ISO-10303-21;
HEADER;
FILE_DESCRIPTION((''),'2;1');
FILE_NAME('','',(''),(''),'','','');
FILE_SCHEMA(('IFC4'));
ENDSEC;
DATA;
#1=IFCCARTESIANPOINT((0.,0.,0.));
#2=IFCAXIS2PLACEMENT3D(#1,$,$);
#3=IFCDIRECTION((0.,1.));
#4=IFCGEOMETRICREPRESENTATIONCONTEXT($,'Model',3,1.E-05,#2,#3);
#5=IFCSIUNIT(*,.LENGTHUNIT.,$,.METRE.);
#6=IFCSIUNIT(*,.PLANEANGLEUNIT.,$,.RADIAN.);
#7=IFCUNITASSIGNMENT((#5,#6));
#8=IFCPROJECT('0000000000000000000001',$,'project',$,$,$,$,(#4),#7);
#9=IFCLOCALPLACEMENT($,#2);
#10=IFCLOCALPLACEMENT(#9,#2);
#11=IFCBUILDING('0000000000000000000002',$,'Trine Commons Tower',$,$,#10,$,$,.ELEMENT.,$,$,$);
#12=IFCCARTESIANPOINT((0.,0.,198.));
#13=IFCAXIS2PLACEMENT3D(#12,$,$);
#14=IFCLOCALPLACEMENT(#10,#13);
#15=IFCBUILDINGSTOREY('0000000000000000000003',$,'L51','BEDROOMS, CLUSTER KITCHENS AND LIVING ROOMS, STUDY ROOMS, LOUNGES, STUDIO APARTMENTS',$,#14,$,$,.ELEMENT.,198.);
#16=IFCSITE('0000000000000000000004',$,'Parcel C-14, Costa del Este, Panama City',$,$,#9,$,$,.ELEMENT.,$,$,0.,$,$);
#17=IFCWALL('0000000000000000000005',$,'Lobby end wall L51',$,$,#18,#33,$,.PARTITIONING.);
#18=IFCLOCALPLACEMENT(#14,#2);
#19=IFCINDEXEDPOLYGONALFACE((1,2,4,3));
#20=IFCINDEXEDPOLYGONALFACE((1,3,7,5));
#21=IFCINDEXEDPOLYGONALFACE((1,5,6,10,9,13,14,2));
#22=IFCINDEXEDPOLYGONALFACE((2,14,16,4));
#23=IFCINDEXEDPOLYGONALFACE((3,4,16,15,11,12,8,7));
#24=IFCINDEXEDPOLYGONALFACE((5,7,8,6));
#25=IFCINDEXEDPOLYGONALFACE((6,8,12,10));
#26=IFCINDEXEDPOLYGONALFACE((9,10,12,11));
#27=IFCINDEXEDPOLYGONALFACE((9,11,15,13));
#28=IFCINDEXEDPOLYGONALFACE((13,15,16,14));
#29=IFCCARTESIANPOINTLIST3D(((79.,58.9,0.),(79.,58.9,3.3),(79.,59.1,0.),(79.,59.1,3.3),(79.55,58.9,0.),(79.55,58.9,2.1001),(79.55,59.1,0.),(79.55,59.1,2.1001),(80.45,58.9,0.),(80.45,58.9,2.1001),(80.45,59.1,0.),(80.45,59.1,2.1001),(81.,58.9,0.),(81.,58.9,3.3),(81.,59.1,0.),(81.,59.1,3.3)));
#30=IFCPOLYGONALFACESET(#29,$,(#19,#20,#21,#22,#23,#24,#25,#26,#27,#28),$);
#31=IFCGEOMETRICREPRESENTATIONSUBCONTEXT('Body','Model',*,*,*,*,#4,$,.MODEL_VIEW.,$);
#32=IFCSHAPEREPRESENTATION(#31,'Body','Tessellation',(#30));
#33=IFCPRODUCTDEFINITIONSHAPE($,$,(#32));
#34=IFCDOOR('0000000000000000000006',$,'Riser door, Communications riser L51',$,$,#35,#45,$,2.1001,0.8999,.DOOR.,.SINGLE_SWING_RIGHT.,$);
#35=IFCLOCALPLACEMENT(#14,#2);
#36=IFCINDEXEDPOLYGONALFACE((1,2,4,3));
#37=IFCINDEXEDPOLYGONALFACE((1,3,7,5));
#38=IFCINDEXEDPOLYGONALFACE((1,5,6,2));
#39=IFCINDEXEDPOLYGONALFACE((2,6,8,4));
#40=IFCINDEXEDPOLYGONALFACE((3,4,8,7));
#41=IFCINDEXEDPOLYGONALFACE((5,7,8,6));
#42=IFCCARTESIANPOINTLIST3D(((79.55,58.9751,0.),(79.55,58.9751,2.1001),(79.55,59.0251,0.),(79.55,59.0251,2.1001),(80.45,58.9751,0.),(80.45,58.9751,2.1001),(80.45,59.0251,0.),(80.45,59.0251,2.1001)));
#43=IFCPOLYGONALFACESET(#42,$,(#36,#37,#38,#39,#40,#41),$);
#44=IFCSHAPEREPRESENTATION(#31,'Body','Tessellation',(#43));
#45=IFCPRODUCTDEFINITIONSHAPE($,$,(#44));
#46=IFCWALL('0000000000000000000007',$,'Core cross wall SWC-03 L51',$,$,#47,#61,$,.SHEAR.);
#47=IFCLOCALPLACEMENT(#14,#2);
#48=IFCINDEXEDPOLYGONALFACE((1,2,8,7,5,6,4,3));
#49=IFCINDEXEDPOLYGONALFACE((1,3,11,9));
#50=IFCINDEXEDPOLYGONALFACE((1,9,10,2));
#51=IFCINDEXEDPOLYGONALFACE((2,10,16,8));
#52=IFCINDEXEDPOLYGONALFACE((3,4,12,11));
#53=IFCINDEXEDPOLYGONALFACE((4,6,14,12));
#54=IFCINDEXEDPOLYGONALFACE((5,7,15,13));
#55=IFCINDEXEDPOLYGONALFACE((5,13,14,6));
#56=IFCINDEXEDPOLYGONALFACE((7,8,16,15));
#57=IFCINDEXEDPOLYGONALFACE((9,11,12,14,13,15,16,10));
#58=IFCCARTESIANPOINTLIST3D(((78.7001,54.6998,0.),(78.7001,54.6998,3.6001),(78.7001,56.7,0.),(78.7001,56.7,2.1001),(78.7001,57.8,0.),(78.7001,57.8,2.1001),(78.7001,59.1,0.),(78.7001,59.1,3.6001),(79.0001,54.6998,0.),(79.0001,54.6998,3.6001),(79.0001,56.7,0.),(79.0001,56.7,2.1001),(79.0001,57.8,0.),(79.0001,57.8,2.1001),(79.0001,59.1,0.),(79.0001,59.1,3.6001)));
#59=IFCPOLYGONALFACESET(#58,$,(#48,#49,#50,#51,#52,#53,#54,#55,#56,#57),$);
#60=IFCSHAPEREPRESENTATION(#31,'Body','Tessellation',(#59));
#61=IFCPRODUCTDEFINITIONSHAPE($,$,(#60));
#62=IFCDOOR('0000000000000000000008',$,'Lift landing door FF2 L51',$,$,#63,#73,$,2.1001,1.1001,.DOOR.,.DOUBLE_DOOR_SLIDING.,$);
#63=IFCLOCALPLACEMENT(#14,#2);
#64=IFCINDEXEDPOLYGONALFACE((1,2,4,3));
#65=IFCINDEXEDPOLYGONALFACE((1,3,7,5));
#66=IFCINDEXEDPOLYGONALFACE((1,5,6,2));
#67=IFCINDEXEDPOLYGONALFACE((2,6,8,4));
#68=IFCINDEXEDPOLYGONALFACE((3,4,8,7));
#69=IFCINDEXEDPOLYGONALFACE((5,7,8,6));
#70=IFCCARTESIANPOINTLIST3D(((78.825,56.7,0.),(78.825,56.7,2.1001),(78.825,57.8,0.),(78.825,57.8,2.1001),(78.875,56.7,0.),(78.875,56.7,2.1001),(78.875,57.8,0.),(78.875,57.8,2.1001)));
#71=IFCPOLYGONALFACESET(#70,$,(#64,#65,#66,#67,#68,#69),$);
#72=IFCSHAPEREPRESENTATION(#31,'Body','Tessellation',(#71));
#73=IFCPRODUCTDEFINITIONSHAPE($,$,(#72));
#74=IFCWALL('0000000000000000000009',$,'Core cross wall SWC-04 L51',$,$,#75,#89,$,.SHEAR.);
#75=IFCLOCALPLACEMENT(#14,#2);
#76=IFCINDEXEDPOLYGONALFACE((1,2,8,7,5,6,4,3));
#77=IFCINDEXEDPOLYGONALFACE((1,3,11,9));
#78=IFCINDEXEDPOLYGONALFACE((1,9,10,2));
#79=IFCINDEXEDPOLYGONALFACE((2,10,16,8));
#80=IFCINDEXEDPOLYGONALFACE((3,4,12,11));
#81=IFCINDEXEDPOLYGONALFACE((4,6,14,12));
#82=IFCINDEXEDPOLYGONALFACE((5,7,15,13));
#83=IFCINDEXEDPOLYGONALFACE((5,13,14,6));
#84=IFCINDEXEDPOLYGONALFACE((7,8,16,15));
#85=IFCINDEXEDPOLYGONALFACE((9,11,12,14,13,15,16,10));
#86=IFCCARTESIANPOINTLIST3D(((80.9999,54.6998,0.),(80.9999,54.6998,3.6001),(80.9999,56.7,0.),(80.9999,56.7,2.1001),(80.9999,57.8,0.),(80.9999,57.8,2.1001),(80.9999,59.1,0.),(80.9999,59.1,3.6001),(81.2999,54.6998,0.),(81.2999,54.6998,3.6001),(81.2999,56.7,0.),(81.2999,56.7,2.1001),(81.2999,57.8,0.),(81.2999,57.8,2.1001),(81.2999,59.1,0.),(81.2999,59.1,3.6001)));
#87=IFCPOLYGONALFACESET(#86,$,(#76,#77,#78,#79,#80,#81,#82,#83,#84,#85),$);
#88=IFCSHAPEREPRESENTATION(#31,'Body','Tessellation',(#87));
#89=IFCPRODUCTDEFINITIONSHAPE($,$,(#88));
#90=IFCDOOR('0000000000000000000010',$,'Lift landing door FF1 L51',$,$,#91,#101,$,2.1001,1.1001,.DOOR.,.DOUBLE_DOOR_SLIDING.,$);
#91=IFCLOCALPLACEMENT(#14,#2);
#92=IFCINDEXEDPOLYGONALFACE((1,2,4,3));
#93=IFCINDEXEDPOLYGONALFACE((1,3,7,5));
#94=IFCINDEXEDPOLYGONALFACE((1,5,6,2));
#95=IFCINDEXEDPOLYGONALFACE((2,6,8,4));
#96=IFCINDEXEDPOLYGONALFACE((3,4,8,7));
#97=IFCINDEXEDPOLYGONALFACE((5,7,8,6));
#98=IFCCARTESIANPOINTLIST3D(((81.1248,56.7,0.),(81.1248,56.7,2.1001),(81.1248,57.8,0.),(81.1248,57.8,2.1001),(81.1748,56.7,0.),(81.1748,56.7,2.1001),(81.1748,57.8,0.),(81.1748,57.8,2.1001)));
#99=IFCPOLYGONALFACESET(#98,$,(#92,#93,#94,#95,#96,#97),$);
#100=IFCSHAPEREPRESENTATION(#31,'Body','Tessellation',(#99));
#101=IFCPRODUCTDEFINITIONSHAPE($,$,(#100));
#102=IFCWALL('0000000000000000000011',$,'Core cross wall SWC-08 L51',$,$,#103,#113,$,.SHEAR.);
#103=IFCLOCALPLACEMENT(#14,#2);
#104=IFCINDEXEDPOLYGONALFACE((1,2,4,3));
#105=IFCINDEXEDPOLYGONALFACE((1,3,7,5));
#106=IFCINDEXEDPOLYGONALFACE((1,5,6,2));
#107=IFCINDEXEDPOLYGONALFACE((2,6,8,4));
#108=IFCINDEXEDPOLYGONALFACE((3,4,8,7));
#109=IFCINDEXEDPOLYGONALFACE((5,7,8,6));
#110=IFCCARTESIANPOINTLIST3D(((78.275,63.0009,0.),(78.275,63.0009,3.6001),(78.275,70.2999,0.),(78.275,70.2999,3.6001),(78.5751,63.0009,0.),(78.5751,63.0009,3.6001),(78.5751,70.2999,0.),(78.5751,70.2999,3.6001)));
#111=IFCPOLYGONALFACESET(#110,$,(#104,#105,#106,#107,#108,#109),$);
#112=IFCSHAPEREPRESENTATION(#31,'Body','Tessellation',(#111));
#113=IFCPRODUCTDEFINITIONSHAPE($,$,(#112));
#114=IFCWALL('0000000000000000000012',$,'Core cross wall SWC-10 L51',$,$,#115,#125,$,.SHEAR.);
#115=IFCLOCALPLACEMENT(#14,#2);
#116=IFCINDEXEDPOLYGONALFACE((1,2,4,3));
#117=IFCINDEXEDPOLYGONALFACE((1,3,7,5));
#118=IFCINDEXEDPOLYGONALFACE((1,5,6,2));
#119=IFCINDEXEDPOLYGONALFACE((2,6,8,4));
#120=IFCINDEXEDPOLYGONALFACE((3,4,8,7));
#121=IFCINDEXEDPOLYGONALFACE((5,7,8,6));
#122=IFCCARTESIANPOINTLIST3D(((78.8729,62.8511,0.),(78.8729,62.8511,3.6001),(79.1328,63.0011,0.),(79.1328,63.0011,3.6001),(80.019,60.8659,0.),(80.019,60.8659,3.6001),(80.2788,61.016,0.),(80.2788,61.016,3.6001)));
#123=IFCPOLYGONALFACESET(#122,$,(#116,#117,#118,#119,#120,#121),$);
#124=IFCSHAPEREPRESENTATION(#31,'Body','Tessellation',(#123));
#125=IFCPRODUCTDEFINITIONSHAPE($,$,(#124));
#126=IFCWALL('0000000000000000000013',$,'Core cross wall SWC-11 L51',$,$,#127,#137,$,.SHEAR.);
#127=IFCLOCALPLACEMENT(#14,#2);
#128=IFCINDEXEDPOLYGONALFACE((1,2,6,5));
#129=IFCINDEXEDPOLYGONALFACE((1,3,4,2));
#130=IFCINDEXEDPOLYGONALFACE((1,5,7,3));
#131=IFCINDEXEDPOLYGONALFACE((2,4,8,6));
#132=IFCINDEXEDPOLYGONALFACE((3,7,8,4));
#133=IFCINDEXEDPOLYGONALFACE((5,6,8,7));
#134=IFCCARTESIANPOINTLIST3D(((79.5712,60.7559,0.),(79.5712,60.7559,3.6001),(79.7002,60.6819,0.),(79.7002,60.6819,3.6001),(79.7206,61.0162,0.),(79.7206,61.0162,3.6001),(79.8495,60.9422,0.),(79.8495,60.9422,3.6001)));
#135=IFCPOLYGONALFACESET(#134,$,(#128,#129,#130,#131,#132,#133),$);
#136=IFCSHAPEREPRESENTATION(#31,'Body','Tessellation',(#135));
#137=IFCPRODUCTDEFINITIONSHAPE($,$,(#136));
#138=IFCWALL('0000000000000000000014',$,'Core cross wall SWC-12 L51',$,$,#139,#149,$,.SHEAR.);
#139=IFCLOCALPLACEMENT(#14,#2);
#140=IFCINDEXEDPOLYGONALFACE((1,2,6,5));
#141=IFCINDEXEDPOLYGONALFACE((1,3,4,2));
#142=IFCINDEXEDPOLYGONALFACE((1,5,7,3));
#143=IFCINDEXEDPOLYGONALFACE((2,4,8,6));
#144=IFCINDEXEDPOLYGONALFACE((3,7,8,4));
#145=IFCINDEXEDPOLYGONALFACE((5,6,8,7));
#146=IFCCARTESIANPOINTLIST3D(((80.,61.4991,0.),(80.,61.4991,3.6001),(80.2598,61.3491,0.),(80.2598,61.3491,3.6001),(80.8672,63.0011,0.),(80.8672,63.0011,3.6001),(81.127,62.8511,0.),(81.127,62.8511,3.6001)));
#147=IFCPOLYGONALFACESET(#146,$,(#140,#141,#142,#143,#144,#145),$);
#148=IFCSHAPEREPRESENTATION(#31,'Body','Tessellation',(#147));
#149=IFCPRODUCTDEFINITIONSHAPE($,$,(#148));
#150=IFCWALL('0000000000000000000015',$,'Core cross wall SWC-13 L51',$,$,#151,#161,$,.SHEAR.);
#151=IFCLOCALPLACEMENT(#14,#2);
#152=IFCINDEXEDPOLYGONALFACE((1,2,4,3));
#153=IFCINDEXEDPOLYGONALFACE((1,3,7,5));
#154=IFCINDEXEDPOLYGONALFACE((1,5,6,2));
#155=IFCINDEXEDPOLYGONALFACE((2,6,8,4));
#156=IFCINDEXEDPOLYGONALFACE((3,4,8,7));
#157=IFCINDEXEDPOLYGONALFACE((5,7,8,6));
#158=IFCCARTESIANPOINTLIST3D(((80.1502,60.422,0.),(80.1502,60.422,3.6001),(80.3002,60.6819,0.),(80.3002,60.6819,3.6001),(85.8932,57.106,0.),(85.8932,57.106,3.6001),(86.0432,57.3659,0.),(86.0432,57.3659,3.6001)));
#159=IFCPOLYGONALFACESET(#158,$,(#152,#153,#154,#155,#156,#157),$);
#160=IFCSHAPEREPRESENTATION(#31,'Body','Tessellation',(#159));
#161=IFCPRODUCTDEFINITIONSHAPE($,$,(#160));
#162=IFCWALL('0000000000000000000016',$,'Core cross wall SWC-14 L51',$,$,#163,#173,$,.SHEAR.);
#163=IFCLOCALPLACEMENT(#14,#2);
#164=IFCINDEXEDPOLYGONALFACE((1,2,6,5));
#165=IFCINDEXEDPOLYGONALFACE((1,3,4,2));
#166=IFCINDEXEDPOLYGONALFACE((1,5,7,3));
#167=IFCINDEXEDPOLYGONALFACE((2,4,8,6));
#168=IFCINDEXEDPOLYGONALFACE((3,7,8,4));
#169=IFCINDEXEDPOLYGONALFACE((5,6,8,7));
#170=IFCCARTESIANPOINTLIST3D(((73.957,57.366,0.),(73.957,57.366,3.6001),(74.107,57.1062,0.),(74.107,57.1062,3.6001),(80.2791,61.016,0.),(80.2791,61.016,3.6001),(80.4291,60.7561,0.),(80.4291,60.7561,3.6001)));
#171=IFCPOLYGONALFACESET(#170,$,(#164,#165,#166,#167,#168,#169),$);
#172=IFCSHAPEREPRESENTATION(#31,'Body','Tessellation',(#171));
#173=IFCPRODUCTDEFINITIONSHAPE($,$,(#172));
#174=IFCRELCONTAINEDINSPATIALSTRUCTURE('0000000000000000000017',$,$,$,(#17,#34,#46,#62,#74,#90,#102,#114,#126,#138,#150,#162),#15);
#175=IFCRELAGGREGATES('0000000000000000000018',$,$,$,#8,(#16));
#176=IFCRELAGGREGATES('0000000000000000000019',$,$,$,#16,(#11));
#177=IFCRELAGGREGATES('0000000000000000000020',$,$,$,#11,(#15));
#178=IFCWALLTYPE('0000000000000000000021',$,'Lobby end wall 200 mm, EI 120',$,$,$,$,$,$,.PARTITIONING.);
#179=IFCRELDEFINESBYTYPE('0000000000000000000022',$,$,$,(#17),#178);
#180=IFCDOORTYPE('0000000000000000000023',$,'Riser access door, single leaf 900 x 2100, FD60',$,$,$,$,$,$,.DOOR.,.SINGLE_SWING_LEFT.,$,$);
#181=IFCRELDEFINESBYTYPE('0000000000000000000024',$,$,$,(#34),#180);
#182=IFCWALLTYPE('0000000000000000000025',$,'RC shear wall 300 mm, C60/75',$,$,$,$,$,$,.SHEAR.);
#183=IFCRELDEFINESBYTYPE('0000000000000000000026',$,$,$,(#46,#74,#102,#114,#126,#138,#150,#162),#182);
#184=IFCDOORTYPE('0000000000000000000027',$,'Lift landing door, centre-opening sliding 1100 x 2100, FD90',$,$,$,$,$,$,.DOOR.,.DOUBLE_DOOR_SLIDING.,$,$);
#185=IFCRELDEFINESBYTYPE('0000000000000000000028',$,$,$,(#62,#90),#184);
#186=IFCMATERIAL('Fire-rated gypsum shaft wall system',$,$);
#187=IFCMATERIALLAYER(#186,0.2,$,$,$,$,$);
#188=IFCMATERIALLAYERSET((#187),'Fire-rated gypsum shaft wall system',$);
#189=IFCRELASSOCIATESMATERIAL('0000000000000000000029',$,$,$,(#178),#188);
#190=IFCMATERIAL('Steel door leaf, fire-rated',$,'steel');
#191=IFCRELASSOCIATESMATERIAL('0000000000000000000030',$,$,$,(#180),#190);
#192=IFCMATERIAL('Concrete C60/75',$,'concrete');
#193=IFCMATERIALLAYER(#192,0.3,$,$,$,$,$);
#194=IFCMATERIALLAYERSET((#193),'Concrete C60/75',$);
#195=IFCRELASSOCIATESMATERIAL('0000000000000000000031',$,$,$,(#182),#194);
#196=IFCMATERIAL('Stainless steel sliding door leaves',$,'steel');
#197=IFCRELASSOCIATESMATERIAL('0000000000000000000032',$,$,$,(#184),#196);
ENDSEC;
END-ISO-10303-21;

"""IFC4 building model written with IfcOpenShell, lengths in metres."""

from ifc_helpers import new_model, si_unit, direction, frame, frame_2d, origin, place, context, subcontext, project, spatial, rectangle, extrude, material, layer, layer_set, type_object, element, fill, save


model = new_model("IFC4")

# Units and contexts
model_context = context("Model", 3, precision=1e-05, world=origin(), true_north=direction((0.0, 1.0)))
body_context = subcontext(model_context, "Body", "Model", "MODEL_VIEW")
ifc_project = project(units=[si_unit("LENGTHUNIT", "METRE"), si_unit("PLANEANGLEUNIT", "RADIAN")], contexts=[model_context])

# Site, building, storey
site_placement = place(None, origin())
site = spatial("IfcSite", under=ifc_project, at=site_placement, Name="Parcel C-14, Costa del Este, Panama City", CompositionType="ELEMENT", RefElevation=0.0)
building_placement = place(site_placement, origin())
building = spatial("IfcBuilding", under=site, at=building_placement, Name="Trine Commons Tower", CompositionType="ELEMENT")
storey_placement = place(building_placement, frame((0.0, 0.0, 198.0)))
storey = spatial("IfcBuildingStorey", under=building, at=storey_placement, Name="L51", Description="BEDROOMS, CLUSTER KITCHENS AND LIVING ROOMS, STUDY ROOMS, LOUNGES, STUDIO APARTMENTS", CompositionType="ELEMENT", Elevation=198.0)

# Walls, openings, doors
ifc_material_1 = material(Name="Fire-rated gypsum shaft wall system")
ifc_layer_1 = layer(ifc_material_1, 0.2)
ifc_layer_set_1 = layer_set([ifc_layer_1], Name="Fire-rated gypsum shaft wall system")
wall_type_1 = type_object("IfcWallType", Name="Lobby end wall 200 mm, EI 120", PredefinedType="PARTITIONING", material=ifc_layer_set_1)
wall_1_placement = place(storey_placement, frame((79.0, 59.0, 0.0), z_axis=(0.0, 0.0, 1.0), x_axis=(1.0, 0.0, 0.0)))
wall_1 = element("IfcWall", 1, at=wall_1_placement, inside=storey, type_object=wall_type_1, Name="Lobby end wall L51", PredefinedType="PARTITIONING", context=body_context, shape_type="SweptSolid", body=[
    extrude(rectangle(XDim=2.0, YDim=0.2, at=frame_2d((1.0, 0.0))), origin(), (0.0, 0.0, 1.0), 3.3),
])
opening_1_placement = place(wall_1_placement, frame((0.55, 0.0, 0.0)))
opening_1 = element("IfcOpeningElement", 2, at=opening_1_placement, cuts=wall_1, PredefinedType="OPENING", context=body_context, shape_type="SweptSolid", body=[
    extrude(rectangle(XDim=0.8999, YDim=2.1001, at=frame_2d((0.45, 1.05))), frame((0.0, 0.1099, 0.0), z_axis=(0.0, -1.0, 0.0), x_axis=(1.0, 0.0, 0.0)), (0.0, 0.0, 1.0), 0.22),
])
ifc_material_2 = material(Name="Steel door leaf, fire-rated", Category="steel")
door_type_1 = type_object("IfcDoorType", Name="Riser access door, single leaf 900 x 2100, FD60", OperationType="SINGLE_SWING_LEFT", PredefinedType="DOOR", material=ifc_material_2)
door_1_placement = place(opening_1_placement, frame((0.8999, 0.0, 0.0), z_axis=(0.0, 0.0, 1.0), x_axis=(-1.0, 0.0, 0.0)))
door_1 = element("IfcDoor", 3, at=door_1_placement, inside=storey, type_object=door_type_1, Name="Riser door, Communications riser L51", OperationType="SINGLE_SWING_RIGHT", OverallHeight=2.1001, OverallWidth=0.8999, PredefinedType="DOOR", context=body_context, shape_type="SweptSolid", body=[
    extrude(rectangle(XDim=0.8999, YDim=2.1001, at=frame_2d((0.45, 1.05))), frame((0.0, 0.0249, 0.0), z_axis=(0.0, -1.0, 0.0), x_axis=(1.0, 0.0, 0.0)), (0.0, 0.0, 1.0), 0.05),
])
fill(opening_1, door_1)
ifc_material_3 = material(Name="Concrete C60/75", Category="concrete")
ifc_layer_2 = layer(ifc_material_3, 0.3)
ifc_layer_set_2 = layer_set([ifc_layer_2], Name="Concrete C60/75")
wall_type_2 = type_object("IfcWallType", Name="RC shear wall 300 mm, C60/75", PredefinedType="SHEAR", material=ifc_layer_set_2)
wall_2_placement = place(storey_placement, frame((78.8501, 59.1001, 0.0), z_axis=(0.0, 0.0, 1.0), x_axis=(0.0, -1.0, 0.0)))
wall_2 = element("IfcWall", 4, at=wall_2_placement, inside=storey, type_object=wall_type_2, Name="Core cross wall SWC-03 L51", PredefinedType="SHEAR", context=body_context, shape_type="SweptSolid", body=[
    extrude(rectangle(XDim=4.4001, YDim=0.3, at=frame_2d((2.2002, 0.0))), origin(), (0.0, 0.0, 1.0), 3.6001),
])
opening_2_placement = place(wall_2_placement, frame((1.3, 0.0, 0.0)))
opening_2 = element("IfcOpeningElement", 5, at=opening_2_placement, cuts=wall_2, PredefinedType="OPENING", context=body_context, shape_type="SweptSolid", body=[
    extrude(rectangle(XDim=1.1001, YDim=2.1001, at=frame_2d((0.55, 1.05))), frame((0.0, 0.1599, 0.0), z_axis=(0.0, -1.0, 0.0), x_axis=(1.0, 0.0, 0.0)), (0.0, 0.0, 1.0), 0.3201),
])
ifc_material_4 = material(Name="Stainless steel sliding door leaves", Category="steel")
door_type_2 = type_object("IfcDoorType", Name="Lift landing door, centre-opening sliding 1100 x 2100, FD90", OperationType="DOUBLE_DOOR_SLIDING", PredefinedType="DOOR", material=ifc_material_4)
door_2_placement = place(opening_2_placement, origin())
door_2 = element("IfcDoor", 6, at=door_2_placement, inside=storey, type_object=door_type_2, Name="Lift landing door FF2 L51", OperationType="DOUBLE_DOOR_SLIDING", OverallHeight=2.1001, OverallWidth=1.1001, PredefinedType="DOOR", context=body_context, shape_type="SweptSolid", body=[
    extrude(rectangle(XDim=1.1001, YDim=2.1001, at=frame_2d((0.55, 1.05))), frame((0.0, 0.0249, 0.0), z_axis=(0.0, -1.0, 0.0), x_axis=(1.0, 0.0, 0.0)), (0.0, 0.0, 1.0), 0.05),
])
fill(opening_2, door_2)
wall_3_placement = place(storey_placement, frame((81.1499, 59.1001, 0.0), z_axis=(0.0, 0.0, 1.0), x_axis=(0.0, -1.0, 0.0)))
wall_3 = element("IfcWall", 7, at=wall_3_placement, inside=storey, type_object=wall_type_2, Name="Core cross wall SWC-04 L51", PredefinedType="SHEAR", context=body_context, shape_type="SweptSolid", body=[
    extrude(rectangle(XDim=4.4001, YDim=0.3, at=frame_2d((2.2002, 0.0))), origin(), (0.0, 0.0, 1.0), 3.6001),
])
opening_3_placement = place(wall_3_placement, frame((1.3, 0.0, 0.0)))
opening_3 = element("IfcOpeningElement", 8, at=opening_3_placement, cuts=wall_3, PredefinedType="OPENING", context=body_context, shape_type="SweptSolid", body=[
    extrude(rectangle(XDim=1.1001, YDim=2.1001, at=frame_2d((0.55, 1.05))), frame((0.0, 0.1599, 0.0), z_axis=(0.0, -1.0, 0.0), x_axis=(1.0, 0.0, 0.0)), (0.0, 0.0, 1.0), 0.3201),
])
door_3_placement = place(opening_3_placement, origin())
door_3 = element("IfcDoor", 9, at=door_3_placement, inside=storey, type_object=door_type_2, Name="Lift landing door FF1 L51", OperationType="DOUBLE_DOOR_SLIDING", OverallHeight=2.1001, OverallWidth=1.1001, PredefinedType="DOOR", context=body_context, shape_type="SweptSolid", body=[
    extrude(rectangle(XDim=1.1001, YDim=2.1001, at=frame_2d((0.55, 1.05))), frame((0.0, 0.0249, 0.0), z_axis=(0.0, -1.0, 0.0), x_axis=(1.0, 0.0, 0.0)), (0.0, 0.0, 1.0), 0.05),
])
fill(opening_3, door_3)

# Walls
wall_4_placement = place(storey_placement, frame((78.425, 63.001, 0.0), z_axis=(0.0, 0.0, 1.0), x_axis=(0.0, 1.0, 0.0)))
element("IfcWall", 10, at=wall_4_placement, inside=storey, type_object=wall_type_2, Name="Core cross wall SWC-08 L51", PredefinedType="SHEAR", context=body_context, shape_type="SweptSolid", body=[
    extrude(rectangle(XDim=7.2991, YDim=0.3, at=frame_2d((3.6494, 0.0))), origin(), (0.0, 0.0, 1.0), 3.6001),
])
wall_5_placement = place(storey_placement, frame((79.0029, 62.926, 0.0), z_axis=(0.0, 0.0, 1.0), x_axis=(0.499965, -0.866045, 0.0)))
element("IfcWall", 11, at=wall_5_placement, inside=storey, type_object=wall_type_2, Name="Core cross wall SWC-10 L51", PredefinedType="SHEAR", context=body_context, shape_type="SweptSolid", body=[
    extrude(rectangle(XDim=2.2922, YDim=0.3, at=frame_2d((1.146, 0.0))), origin(), (0.0, 0.0, 1.0), 3.6001),
])
wall_6_placement = place(storey_placement, frame((79.646, 60.886, 0.0), z_axis=(0.0, 0.0, 1.0), x_axis=(0.867332, -0.49773, 0.0)))
element("IfcWall", 12, at=wall_6_placement, inside=storey, type_object=wall_type_2, Name="Core cross wall SWC-11 L51", PredefinedType="SHEAR", context=body_context, shape_type="SweptSolid", body=[
    extrude(rectangle(XDim=0.1487, YDim=0.3, at=frame_2d((0.0742, 0.0))), origin(), (0.0, 0.0, 1.0), 3.6001),
])
wall_7_placement = place(storey_placement, frame((80.1299, 61.4241, 0.0), z_axis=(0.0, 0.0, 1.0), x_axis=(0.500015, 0.866017, 0.0)))
element("IfcWall", 13, at=wall_7_placement, inside=storey, type_object=wall_type_2, Name="Core cross wall SWC-12 L51", PredefinedType="SHEAR", context=body_context, shape_type="SweptSolid", body=[
    extrude(rectangle(XDim=1.7344, YDim=0.3, at=frame_2d((0.8672, 0.0))), origin(), (0.0, 0.0, 1.0), 3.6001),
])
wall_8_placement = place(storey_placement, frame((80.2251, 60.552, 0.0), z_axis=(0.0, 0.0, 1.0), x_axis=(0.86601, -0.500027, 0.0)))
element("IfcWall", 14, at=wall_8_placement, inside=storey, type_object=wall_type_2, Name="Core cross wall SWC-13 L51", PredefinedType="SHEAR", context=body_context, shape_type="SweptSolid", body=[
    extrude(rectangle(XDim=6.6316, YDim=0.3, at=frame_2d((3.3159, 0.0))), origin(), (0.0, 0.0, 1.0), 3.6001),
])
wall_9_placement = place(storey_placement, frame((80.354, 60.886, 0.0), z_axis=(0.0, 0.0, 1.0), x_axis=(-0.866032, -0.499988, 0.0)))
element("IfcWall", 15, at=wall_9_placement, inside=storey, type_object=wall_type_2, Name="Core cross wall SWC-14 L51", PredefinedType="SHEAR", context=body_context, shape_type="SweptSolid", body=[
    extrude(rectangle(XDim=7.3, YDim=0.3, at=frame_2d((3.6499, 0.0))), origin(), (0.0, 0.0, 1.0), 3.6001),
])

save(model, "model.ifc")
